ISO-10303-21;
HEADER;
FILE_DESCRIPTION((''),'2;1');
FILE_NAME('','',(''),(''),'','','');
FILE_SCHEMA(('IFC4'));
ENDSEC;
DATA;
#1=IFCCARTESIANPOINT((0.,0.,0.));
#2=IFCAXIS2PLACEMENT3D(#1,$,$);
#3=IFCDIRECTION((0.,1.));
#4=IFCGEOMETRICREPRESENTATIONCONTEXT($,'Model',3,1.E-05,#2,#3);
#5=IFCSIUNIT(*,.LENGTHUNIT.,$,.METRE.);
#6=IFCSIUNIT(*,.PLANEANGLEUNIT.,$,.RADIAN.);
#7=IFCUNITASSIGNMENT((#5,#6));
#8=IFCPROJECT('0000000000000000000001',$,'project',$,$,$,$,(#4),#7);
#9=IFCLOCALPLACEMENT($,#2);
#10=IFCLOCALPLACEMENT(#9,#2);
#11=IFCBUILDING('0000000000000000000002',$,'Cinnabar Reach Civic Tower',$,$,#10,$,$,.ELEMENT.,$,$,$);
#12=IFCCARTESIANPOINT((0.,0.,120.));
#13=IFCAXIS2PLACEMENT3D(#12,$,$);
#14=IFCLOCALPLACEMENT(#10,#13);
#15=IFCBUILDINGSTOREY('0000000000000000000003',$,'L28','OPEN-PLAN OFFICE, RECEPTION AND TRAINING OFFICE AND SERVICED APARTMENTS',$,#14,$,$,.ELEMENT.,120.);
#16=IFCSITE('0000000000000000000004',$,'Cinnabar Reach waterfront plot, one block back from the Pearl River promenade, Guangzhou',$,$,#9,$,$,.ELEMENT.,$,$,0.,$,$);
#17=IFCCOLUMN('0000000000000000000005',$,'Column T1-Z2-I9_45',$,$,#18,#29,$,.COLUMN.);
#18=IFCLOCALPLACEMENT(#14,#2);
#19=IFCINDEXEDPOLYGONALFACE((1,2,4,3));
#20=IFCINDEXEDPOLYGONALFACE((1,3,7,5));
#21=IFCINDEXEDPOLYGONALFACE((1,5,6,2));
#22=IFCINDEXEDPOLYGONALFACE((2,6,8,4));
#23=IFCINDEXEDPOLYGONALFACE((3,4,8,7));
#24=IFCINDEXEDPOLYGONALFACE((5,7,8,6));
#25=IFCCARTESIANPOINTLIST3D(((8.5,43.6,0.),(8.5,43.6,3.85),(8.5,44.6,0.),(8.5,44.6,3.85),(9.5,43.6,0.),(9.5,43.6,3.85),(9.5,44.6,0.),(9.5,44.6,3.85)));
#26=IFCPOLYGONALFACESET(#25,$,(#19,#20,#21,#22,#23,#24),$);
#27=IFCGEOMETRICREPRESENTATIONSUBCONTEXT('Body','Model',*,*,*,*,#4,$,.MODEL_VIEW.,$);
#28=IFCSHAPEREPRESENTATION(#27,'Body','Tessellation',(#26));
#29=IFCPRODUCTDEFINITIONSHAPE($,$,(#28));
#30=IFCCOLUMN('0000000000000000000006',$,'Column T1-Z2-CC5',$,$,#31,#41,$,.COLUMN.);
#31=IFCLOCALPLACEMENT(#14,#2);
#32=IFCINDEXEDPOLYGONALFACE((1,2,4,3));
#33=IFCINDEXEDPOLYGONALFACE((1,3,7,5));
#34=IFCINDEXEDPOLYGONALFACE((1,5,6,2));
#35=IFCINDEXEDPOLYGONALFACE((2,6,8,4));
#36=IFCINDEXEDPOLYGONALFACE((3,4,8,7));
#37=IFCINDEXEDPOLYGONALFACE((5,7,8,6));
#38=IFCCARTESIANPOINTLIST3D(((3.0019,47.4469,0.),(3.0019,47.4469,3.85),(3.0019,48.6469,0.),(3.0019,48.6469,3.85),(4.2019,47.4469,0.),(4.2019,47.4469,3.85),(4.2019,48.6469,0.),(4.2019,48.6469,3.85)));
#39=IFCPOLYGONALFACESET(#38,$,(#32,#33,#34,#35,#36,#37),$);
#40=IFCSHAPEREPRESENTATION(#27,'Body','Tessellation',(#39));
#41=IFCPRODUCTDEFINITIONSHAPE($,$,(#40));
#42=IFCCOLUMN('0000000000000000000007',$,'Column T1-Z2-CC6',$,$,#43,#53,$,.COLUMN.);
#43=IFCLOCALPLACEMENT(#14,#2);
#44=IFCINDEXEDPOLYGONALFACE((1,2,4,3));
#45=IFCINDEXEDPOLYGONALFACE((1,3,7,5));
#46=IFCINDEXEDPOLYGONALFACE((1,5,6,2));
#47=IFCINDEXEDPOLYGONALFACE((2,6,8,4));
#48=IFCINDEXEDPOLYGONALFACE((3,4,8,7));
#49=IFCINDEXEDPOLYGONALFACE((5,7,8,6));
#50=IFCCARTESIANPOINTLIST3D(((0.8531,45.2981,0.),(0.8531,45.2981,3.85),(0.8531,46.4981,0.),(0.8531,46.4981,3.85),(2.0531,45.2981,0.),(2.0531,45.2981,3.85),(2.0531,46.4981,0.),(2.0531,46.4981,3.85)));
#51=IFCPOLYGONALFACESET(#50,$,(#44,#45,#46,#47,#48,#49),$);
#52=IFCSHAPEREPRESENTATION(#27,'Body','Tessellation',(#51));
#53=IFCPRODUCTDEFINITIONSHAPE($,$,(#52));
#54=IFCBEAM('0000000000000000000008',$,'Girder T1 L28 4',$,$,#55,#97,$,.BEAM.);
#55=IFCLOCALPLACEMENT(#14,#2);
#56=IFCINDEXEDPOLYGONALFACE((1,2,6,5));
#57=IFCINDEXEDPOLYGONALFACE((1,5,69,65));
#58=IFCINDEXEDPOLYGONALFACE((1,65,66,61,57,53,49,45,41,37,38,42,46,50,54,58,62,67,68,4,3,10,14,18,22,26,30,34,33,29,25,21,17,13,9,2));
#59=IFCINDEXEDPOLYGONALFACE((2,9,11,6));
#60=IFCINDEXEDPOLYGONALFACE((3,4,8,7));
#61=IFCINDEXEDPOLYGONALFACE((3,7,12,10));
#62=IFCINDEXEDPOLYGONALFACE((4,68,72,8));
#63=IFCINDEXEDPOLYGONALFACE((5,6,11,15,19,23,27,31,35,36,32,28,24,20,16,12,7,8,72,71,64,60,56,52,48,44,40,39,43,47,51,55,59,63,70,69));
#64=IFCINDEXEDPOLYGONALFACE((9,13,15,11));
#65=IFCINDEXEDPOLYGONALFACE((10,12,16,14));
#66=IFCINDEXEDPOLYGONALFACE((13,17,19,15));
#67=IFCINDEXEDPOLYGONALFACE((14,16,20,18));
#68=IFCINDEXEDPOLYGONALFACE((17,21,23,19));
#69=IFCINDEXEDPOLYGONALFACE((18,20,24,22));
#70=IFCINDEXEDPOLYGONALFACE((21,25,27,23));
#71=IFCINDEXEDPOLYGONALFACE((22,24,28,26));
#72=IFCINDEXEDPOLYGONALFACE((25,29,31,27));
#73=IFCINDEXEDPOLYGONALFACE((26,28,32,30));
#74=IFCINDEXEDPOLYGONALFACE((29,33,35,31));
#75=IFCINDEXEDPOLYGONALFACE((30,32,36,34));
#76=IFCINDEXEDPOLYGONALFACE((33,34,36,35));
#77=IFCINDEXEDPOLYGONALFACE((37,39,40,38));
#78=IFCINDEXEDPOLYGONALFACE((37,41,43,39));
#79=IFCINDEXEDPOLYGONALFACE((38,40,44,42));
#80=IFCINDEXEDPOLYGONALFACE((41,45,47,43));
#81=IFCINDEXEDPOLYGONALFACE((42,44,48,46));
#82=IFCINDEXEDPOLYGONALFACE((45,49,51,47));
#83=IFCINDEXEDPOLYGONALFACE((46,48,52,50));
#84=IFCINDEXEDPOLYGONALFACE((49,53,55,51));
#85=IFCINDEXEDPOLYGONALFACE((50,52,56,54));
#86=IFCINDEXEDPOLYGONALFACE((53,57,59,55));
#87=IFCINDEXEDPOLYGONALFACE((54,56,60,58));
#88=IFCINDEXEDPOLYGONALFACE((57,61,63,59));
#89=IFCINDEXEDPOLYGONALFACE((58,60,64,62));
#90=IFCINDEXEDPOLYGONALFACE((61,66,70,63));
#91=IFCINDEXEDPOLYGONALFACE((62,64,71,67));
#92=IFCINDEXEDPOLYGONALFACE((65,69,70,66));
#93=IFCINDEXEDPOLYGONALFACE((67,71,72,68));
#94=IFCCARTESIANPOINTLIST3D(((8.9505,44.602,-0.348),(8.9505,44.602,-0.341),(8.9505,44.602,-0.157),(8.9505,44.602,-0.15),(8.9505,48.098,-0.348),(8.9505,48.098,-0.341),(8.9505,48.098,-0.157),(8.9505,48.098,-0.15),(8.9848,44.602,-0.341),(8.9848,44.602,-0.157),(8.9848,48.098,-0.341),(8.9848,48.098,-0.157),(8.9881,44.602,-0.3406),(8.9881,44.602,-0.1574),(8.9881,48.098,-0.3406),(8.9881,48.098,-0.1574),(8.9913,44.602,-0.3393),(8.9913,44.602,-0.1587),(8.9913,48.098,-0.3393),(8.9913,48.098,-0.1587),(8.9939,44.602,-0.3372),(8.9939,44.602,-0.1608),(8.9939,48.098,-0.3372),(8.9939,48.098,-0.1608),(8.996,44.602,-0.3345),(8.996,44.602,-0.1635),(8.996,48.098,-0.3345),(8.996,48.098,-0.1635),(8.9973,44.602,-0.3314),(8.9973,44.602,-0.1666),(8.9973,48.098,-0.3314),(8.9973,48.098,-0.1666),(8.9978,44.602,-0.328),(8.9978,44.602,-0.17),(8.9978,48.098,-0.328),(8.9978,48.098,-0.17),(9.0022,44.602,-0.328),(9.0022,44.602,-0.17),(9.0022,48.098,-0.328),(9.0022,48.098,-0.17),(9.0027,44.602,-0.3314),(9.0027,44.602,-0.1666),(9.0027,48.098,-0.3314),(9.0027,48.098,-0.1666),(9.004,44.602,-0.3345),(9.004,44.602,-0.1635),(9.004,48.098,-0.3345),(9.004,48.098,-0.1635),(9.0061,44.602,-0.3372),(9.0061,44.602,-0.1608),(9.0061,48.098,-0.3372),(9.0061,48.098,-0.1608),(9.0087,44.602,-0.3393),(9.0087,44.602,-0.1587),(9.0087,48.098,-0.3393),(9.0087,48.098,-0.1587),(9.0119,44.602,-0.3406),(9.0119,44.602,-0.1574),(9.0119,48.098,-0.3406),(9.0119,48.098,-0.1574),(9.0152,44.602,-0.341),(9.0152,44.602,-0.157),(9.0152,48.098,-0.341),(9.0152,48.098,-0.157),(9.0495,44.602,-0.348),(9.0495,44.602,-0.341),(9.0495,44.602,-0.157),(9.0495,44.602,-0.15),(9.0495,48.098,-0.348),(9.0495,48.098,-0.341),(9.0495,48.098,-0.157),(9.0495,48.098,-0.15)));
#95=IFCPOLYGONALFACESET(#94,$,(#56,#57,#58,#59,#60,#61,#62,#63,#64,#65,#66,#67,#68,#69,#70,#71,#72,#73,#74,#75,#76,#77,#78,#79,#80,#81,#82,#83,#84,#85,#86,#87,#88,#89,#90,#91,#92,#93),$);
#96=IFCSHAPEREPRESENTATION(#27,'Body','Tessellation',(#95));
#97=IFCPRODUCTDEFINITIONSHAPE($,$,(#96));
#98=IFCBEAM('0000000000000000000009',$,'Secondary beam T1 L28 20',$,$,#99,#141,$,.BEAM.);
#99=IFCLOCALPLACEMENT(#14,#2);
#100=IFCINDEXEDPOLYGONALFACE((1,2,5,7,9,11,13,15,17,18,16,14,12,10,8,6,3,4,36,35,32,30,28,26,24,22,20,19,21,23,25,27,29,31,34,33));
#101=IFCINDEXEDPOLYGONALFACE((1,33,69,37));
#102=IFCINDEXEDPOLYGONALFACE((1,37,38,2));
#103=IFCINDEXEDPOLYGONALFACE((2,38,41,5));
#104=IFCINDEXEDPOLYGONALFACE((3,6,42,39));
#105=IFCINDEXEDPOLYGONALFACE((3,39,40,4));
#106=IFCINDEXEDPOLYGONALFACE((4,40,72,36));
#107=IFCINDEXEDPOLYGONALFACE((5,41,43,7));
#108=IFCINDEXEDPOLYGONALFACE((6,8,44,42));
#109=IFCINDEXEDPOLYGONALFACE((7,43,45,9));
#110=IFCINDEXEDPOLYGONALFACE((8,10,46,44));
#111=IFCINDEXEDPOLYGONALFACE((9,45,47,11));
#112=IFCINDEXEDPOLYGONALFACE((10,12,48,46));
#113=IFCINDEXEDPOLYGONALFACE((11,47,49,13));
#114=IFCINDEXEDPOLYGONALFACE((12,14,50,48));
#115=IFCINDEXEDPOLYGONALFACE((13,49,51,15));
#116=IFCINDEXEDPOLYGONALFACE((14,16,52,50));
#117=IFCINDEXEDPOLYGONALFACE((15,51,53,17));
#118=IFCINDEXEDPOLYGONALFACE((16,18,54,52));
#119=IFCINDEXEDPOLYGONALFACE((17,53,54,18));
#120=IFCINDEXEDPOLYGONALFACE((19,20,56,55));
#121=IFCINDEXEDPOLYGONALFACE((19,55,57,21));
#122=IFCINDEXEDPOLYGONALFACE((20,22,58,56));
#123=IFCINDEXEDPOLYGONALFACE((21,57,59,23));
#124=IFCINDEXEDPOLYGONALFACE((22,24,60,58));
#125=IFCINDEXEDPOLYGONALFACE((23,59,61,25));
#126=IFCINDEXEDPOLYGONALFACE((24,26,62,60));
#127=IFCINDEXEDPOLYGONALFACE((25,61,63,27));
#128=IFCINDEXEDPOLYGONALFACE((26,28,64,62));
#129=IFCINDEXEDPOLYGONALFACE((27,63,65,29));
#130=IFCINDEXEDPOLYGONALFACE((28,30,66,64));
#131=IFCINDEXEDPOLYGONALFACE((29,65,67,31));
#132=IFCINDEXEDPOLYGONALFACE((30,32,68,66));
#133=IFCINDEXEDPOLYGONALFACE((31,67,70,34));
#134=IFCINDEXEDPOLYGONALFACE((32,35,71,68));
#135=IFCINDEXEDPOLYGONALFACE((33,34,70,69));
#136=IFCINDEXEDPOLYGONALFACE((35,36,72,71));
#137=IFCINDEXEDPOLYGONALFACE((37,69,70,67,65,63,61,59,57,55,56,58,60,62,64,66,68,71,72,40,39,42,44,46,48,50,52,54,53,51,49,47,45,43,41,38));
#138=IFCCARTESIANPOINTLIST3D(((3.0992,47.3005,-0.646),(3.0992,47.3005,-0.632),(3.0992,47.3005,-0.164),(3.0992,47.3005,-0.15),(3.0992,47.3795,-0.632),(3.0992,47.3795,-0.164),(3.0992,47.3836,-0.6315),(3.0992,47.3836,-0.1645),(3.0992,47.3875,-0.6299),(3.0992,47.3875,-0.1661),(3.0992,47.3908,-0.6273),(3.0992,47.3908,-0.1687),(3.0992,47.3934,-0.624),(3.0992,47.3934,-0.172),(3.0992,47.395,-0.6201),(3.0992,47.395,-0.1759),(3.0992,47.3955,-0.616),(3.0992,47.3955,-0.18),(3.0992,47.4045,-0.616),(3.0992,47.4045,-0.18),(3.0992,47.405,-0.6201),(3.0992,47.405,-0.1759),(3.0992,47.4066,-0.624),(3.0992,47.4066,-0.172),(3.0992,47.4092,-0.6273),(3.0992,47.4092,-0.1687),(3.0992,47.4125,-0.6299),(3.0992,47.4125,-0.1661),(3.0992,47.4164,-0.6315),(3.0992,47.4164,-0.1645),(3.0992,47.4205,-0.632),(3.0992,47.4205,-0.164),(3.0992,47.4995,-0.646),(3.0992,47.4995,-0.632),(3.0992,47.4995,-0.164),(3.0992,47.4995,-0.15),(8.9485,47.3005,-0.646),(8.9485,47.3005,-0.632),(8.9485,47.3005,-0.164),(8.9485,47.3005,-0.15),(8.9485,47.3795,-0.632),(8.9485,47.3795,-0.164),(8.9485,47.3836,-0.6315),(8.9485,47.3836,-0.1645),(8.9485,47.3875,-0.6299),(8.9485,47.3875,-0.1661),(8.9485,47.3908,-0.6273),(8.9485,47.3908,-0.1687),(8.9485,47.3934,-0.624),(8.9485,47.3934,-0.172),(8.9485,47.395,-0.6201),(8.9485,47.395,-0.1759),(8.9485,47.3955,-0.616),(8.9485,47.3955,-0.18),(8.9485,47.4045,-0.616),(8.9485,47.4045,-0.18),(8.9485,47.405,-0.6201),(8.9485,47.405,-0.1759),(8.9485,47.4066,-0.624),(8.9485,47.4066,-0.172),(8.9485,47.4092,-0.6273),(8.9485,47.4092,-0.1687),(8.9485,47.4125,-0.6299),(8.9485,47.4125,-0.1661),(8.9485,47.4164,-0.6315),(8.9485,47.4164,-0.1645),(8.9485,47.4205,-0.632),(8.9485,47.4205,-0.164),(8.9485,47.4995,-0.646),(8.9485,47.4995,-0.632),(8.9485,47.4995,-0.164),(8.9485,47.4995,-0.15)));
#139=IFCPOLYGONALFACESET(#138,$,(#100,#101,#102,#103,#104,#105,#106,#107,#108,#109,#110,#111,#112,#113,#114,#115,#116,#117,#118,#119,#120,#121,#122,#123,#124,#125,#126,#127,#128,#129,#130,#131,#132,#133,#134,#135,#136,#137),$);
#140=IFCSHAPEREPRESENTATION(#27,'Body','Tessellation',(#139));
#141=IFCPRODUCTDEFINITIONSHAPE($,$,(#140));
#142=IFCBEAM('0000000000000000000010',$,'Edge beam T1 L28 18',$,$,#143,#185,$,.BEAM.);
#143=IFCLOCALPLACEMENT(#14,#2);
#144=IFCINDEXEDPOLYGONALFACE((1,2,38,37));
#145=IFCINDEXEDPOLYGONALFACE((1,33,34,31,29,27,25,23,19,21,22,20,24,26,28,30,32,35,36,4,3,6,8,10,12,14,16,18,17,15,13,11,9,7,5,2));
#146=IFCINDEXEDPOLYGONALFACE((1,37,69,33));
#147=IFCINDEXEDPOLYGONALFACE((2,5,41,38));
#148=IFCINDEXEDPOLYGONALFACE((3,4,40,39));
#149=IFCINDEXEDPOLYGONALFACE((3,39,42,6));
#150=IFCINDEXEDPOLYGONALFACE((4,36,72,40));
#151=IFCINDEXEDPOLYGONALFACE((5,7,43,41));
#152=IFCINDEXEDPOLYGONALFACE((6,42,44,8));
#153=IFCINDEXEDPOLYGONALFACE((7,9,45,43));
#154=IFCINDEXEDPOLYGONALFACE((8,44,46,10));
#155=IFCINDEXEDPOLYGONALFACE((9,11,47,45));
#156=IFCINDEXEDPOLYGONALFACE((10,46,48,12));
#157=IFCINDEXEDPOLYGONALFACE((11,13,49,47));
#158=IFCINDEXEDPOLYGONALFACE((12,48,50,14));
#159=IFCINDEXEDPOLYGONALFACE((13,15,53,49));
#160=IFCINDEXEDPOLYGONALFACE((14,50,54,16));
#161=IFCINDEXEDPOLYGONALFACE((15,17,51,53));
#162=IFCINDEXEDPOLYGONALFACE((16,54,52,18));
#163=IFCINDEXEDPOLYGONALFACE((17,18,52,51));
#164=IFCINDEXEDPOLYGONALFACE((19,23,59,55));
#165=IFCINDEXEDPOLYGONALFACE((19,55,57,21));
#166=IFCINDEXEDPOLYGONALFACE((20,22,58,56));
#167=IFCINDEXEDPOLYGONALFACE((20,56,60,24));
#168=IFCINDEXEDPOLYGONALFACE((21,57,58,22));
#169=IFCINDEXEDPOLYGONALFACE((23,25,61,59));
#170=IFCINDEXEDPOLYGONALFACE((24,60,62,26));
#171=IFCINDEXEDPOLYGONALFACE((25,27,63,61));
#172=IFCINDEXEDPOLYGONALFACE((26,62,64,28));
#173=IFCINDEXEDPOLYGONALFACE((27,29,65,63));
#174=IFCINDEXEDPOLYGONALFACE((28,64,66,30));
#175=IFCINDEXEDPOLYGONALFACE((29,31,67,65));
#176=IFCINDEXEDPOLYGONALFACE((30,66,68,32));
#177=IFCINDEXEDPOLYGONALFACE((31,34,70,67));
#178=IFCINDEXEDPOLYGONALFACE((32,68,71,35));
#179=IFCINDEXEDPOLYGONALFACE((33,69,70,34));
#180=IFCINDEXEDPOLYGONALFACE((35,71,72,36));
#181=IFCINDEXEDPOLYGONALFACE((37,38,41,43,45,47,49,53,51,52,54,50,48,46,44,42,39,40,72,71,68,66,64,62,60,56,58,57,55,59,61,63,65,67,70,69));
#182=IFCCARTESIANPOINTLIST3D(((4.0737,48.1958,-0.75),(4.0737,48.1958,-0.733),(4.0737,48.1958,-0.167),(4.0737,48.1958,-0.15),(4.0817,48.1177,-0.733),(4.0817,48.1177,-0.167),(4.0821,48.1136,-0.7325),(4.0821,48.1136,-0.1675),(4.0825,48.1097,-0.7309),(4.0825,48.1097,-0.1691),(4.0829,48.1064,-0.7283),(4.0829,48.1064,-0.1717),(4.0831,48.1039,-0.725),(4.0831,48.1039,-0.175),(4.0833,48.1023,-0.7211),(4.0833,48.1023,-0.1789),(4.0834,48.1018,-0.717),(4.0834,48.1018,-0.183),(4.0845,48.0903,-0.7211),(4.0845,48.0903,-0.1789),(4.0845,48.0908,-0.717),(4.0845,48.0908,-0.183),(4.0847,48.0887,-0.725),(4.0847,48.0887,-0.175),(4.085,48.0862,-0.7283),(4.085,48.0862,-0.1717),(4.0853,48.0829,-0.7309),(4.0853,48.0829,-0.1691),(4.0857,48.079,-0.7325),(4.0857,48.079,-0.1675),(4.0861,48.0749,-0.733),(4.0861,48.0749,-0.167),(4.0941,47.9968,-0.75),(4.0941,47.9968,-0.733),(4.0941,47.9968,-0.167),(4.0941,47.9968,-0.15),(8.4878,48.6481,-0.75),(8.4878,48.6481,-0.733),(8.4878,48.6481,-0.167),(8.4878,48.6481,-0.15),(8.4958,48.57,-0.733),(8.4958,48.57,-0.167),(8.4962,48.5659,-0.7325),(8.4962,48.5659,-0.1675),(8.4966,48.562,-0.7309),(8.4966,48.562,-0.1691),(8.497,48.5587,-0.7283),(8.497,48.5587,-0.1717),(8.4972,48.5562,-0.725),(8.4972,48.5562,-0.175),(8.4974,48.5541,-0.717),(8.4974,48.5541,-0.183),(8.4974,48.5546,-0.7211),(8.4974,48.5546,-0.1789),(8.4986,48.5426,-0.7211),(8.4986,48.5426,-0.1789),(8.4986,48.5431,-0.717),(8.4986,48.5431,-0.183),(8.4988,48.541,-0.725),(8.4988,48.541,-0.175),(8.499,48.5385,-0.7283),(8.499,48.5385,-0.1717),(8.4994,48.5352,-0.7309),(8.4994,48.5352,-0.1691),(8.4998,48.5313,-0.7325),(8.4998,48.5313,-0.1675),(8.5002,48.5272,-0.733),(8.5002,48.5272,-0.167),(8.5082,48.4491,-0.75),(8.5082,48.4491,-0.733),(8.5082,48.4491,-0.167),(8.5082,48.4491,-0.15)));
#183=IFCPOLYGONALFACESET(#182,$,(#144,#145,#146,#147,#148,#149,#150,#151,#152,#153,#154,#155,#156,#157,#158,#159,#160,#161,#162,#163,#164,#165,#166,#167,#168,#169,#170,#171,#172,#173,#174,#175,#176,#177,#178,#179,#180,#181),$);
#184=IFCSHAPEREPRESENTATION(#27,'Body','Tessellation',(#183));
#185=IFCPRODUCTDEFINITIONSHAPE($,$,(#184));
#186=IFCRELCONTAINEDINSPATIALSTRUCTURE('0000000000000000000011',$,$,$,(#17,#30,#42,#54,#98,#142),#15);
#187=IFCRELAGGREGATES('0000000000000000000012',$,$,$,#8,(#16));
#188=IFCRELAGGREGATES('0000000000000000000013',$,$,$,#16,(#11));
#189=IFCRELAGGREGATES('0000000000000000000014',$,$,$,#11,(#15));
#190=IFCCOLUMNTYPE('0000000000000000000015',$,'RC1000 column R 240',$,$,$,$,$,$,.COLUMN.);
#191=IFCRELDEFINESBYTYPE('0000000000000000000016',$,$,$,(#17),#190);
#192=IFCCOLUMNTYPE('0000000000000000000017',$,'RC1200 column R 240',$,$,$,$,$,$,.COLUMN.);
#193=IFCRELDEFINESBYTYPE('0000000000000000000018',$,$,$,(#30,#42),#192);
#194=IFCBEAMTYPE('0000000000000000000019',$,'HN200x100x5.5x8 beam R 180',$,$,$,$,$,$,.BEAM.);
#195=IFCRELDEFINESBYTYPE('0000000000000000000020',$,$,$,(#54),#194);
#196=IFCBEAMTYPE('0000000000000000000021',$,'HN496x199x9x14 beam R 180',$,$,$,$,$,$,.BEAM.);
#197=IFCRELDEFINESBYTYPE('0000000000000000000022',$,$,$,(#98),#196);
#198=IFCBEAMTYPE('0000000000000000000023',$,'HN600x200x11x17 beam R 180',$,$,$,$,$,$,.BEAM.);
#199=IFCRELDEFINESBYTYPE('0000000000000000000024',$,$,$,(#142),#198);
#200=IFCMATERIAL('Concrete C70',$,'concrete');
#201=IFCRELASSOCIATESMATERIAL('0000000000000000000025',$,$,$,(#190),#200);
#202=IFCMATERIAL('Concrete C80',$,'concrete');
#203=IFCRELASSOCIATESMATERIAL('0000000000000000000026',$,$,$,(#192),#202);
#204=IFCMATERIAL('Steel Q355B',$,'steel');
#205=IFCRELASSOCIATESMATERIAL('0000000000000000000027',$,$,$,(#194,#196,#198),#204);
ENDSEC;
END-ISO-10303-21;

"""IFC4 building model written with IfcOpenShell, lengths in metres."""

from ifc_helpers import new_model, si_unit, direction, frame, origin, origin_2d, place, context, subcontext, project, spatial, rectangle, i_section, extrude, material, material_profile, profile_set, type_object, element, save


model = new_model("IFC4")

# Units and contexts
model_context = context("Model", 3, precision=1e-05, world=origin(), true_north=direction((0.0, 1.0)))
body_context = subcontext(model_context, "Body", "Model", "MODEL_VIEW")
ifc_project = project(units=[si_unit("LENGTHUNIT", "METRE"), si_unit("PLANEANGLEUNIT", "RADIAN")], contexts=[model_context])

# Site, building, storey
site_placement = place(None, origin())
site = spatial("IfcSite", under=ifc_project, at=site_placement, Name="Cinnabar Reach waterfront plot, one block back from the Pearl River promenade, Guangzhou", CompositionType="ELEMENT", RefElevation=0.0)
building_placement = place(site_placement, origin())
building = spatial("IfcBuilding", under=site, at=building_placement, Name="Cinnabar Reach Civic Tower", CompositionType="ELEMENT")
storey_placement = place(building_placement, frame((0.0, 0.0, 120.0)))
storey = spatial("IfcBuildingStorey", under=building, at=storey_placement, Name="L28", Description="OPEN-PLAN OFFICE, RECEPTION AND TRAINING OFFICE AND SERVICED APARTMENTS", CompositionType="ELEMENT", Elevation=120.0)

# Columns
ifc_material_1 = material(Name="Concrete C70", Category="concrete")
ifc_material_profile_1 = material_profile(ifc_material_1, rectangle(XDim=1.0, YDim=1.0, at=origin_2d()), Name="RC1000")
ifc_profile_set_1 = profile_set([ifc_material_profile_1], Name="Concrete C70")
column_type_1 = type_object("IfcColumnType", Name="RC1000 column R 240", PredefinedType="COLUMN", material=ifc_profile_set_1)
column_placement = place(storey_placement, frame((9.0, 44.1, 0.0), z_axis=(0.0, 0.0, 1.0), x_axis=(1.0, 0.0, 0.0)))
element("IfcColumn", 1, at=column_placement, inside=storey, type_object=column_type_1, Name="Column T1-Z2-I9_45", PredefinedType="COLUMN", context=body_context, shape_type="SweptSolid", body=[
    extrude(rectangle(XDim=1.0, YDim=1.0, at=origin_2d()), origin(), (0.0, 0.0, 1.0), 3.85),
])
ifc_material_2 = material(Name="Concrete C80", Category="concrete")
ifc_material_profile_2 = material_profile(ifc_material_2, rectangle(XDim=1.2, YDim=1.2, at=origin_2d()), Name="RC1200")
ifc_profile_set_2 = profile_set([ifc_material_profile_2], Name="Concrete C80")
column_type_2 = type_object("IfcColumnType", Name="RC1200 column R 240", PredefinedType="COLUMN", material=ifc_profile_set_2)
for number, where, z_axis, x_axis, name in (
    (2, (3.6019, 48.0469, 0.0), (0.0, 0.0, 1.0), (1.0, 0.0, 0.0), "Column T1-Z2-CC5"),
    (3, (1.4531, 45.8981, 0.0), (0.0, 0.0, 1.0), (1.0, 0.0, 0.0), "Column T1-Z2-CC6"),
):
    element("IfcColumn", number, at=place(storey_placement, frame(where, z_axis=z_axis, x_axis=x_axis)), inside=storey, type_object=column_type_2, Name=name, PredefinedType="COLUMN", context=body_context, shape_type="SweptSolid", body=[
        extrude(rectangle(XDim=1.2, YDim=1.2, at=origin_2d()), origin(), (0.0, 0.0, 1.0), 3.85),
    ])

# Beams
ifc_material_3 = material(Name="Steel Q355B", Category="steel")
ifc_material_profile_3 = material_profile(ifc_material_3, i_section(OverallWidth=0.099, OverallDepth=0.198, WebThickness=0.0045, FlangeThickness=0.007, FilletRadius=0.013, at=origin_2d()), Name="HN200x100x5.5x8")
ifc_profile_set_3 = profile_set([ifc_material_profile_3], Name="Steel Q355B")
beam_type_1 = type_object("IfcBeamType", Name="HN200x100x5.5x8 beam R 180", PredefinedType="BEAM", material=ifc_profile_set_3)
beam_1_placement = place(storey_placement, frame((9.0, 44.602, -0.249), z_axis=(0.0, 1.0, 0.0), x_axis=(-1.0, 0.0, 0.0)))
element("IfcBeam", 4, at=beam_1_placement, inside=storey, type_object=beam_type_1, Name="Girder T1 L28 4", PredefinedType="BEAM", context=body_context, shape_type="SweptSolid", body=[
    extrude(i_section(OverallWidth=0.099, OverallDepth=0.198, WebThickness=0.0045, FlangeThickness=0.007, FilletRadius=0.013, at=origin_2d()), origin(), (0.0, 0.0, 1.0), 3.496),
])
ifc_material_profile_4 = material_profile(ifc_material_3, i_section(OverallWidth=0.199, OverallDepth=0.496, WebThickness=0.009, FlangeThickness=0.014, FilletRadius=0.016, at=origin_2d()), Name="HN496x199x9x14")
ifc_profile_set_4 = profile_set([ifc_material_profile_4], Name="Steel Q355B")
beam_type_2 = type_object("IfcBeamType", Name="HN496x199x9x14 beam R 180", PredefinedType="BEAM", material=ifc_profile_set_4)
beam_2_placement = place(storey_placement, frame((3.0992, 47.4, -0.398), z_axis=(1.0, 0.0, 0.0), x_axis=(0.0, 1.0, 0.0)))
element("IfcBeam", 5, at=beam_2_placement, inside=storey, type_object=beam_type_2, Name="Secondary beam T1 L28 20", PredefinedType="BEAM", context=body_context, shape_type="SweptSolid", body=[
    extrude(i_section(OverallWidth=0.199, OverallDepth=0.496, WebThickness=0.009, FlangeThickness=0.014, FilletRadius=0.016, at=origin_2d()), origin(), (0.0, 0.0, 1.0), 5.8493),
])
ifc_material_profile_5 = material_profile(ifc_material_3, i_section(OverallWidth=0.2, OverallDepth=0.6, WebThickness=0.011, FlangeThickness=0.017, FilletRadius=0.016, at=origin_2d()), Name="HN600x200x11x17")
ifc_profile_set_5 = profile_set([ifc_material_profile_5], Name="Steel Q355B")
beam_type_3 = type_object("IfcBeamType", Name="HN600x200x11x17 beam R 180", PredefinedType="BEAM", material=ifc_profile_set_5)
beam_3_placement = place(storey_placement, frame((8.498, 48.5486, -0.45), z_axis=(-0.994791, -0.101933, 0.0), x_axis=(0.101933, -0.994791, 0.0)))
element("IfcBeam", 6, at=beam_3_placement, inside=storey, type_object=beam_type_3, Name="Edge beam T1 L28 18", PredefinedType="BEAM", context=body_context, shape_type="SweptSolid", body=[
    extrude(i_section(OverallWidth=0.2, OverallDepth=0.6, WebThickness=0.011, FlangeThickness=0.017, FilletRadius=0.016, at=origin_2d()), origin(), (0.0, 0.0, 1.0), 4.4372),
])

save(model, "model.ifc")
